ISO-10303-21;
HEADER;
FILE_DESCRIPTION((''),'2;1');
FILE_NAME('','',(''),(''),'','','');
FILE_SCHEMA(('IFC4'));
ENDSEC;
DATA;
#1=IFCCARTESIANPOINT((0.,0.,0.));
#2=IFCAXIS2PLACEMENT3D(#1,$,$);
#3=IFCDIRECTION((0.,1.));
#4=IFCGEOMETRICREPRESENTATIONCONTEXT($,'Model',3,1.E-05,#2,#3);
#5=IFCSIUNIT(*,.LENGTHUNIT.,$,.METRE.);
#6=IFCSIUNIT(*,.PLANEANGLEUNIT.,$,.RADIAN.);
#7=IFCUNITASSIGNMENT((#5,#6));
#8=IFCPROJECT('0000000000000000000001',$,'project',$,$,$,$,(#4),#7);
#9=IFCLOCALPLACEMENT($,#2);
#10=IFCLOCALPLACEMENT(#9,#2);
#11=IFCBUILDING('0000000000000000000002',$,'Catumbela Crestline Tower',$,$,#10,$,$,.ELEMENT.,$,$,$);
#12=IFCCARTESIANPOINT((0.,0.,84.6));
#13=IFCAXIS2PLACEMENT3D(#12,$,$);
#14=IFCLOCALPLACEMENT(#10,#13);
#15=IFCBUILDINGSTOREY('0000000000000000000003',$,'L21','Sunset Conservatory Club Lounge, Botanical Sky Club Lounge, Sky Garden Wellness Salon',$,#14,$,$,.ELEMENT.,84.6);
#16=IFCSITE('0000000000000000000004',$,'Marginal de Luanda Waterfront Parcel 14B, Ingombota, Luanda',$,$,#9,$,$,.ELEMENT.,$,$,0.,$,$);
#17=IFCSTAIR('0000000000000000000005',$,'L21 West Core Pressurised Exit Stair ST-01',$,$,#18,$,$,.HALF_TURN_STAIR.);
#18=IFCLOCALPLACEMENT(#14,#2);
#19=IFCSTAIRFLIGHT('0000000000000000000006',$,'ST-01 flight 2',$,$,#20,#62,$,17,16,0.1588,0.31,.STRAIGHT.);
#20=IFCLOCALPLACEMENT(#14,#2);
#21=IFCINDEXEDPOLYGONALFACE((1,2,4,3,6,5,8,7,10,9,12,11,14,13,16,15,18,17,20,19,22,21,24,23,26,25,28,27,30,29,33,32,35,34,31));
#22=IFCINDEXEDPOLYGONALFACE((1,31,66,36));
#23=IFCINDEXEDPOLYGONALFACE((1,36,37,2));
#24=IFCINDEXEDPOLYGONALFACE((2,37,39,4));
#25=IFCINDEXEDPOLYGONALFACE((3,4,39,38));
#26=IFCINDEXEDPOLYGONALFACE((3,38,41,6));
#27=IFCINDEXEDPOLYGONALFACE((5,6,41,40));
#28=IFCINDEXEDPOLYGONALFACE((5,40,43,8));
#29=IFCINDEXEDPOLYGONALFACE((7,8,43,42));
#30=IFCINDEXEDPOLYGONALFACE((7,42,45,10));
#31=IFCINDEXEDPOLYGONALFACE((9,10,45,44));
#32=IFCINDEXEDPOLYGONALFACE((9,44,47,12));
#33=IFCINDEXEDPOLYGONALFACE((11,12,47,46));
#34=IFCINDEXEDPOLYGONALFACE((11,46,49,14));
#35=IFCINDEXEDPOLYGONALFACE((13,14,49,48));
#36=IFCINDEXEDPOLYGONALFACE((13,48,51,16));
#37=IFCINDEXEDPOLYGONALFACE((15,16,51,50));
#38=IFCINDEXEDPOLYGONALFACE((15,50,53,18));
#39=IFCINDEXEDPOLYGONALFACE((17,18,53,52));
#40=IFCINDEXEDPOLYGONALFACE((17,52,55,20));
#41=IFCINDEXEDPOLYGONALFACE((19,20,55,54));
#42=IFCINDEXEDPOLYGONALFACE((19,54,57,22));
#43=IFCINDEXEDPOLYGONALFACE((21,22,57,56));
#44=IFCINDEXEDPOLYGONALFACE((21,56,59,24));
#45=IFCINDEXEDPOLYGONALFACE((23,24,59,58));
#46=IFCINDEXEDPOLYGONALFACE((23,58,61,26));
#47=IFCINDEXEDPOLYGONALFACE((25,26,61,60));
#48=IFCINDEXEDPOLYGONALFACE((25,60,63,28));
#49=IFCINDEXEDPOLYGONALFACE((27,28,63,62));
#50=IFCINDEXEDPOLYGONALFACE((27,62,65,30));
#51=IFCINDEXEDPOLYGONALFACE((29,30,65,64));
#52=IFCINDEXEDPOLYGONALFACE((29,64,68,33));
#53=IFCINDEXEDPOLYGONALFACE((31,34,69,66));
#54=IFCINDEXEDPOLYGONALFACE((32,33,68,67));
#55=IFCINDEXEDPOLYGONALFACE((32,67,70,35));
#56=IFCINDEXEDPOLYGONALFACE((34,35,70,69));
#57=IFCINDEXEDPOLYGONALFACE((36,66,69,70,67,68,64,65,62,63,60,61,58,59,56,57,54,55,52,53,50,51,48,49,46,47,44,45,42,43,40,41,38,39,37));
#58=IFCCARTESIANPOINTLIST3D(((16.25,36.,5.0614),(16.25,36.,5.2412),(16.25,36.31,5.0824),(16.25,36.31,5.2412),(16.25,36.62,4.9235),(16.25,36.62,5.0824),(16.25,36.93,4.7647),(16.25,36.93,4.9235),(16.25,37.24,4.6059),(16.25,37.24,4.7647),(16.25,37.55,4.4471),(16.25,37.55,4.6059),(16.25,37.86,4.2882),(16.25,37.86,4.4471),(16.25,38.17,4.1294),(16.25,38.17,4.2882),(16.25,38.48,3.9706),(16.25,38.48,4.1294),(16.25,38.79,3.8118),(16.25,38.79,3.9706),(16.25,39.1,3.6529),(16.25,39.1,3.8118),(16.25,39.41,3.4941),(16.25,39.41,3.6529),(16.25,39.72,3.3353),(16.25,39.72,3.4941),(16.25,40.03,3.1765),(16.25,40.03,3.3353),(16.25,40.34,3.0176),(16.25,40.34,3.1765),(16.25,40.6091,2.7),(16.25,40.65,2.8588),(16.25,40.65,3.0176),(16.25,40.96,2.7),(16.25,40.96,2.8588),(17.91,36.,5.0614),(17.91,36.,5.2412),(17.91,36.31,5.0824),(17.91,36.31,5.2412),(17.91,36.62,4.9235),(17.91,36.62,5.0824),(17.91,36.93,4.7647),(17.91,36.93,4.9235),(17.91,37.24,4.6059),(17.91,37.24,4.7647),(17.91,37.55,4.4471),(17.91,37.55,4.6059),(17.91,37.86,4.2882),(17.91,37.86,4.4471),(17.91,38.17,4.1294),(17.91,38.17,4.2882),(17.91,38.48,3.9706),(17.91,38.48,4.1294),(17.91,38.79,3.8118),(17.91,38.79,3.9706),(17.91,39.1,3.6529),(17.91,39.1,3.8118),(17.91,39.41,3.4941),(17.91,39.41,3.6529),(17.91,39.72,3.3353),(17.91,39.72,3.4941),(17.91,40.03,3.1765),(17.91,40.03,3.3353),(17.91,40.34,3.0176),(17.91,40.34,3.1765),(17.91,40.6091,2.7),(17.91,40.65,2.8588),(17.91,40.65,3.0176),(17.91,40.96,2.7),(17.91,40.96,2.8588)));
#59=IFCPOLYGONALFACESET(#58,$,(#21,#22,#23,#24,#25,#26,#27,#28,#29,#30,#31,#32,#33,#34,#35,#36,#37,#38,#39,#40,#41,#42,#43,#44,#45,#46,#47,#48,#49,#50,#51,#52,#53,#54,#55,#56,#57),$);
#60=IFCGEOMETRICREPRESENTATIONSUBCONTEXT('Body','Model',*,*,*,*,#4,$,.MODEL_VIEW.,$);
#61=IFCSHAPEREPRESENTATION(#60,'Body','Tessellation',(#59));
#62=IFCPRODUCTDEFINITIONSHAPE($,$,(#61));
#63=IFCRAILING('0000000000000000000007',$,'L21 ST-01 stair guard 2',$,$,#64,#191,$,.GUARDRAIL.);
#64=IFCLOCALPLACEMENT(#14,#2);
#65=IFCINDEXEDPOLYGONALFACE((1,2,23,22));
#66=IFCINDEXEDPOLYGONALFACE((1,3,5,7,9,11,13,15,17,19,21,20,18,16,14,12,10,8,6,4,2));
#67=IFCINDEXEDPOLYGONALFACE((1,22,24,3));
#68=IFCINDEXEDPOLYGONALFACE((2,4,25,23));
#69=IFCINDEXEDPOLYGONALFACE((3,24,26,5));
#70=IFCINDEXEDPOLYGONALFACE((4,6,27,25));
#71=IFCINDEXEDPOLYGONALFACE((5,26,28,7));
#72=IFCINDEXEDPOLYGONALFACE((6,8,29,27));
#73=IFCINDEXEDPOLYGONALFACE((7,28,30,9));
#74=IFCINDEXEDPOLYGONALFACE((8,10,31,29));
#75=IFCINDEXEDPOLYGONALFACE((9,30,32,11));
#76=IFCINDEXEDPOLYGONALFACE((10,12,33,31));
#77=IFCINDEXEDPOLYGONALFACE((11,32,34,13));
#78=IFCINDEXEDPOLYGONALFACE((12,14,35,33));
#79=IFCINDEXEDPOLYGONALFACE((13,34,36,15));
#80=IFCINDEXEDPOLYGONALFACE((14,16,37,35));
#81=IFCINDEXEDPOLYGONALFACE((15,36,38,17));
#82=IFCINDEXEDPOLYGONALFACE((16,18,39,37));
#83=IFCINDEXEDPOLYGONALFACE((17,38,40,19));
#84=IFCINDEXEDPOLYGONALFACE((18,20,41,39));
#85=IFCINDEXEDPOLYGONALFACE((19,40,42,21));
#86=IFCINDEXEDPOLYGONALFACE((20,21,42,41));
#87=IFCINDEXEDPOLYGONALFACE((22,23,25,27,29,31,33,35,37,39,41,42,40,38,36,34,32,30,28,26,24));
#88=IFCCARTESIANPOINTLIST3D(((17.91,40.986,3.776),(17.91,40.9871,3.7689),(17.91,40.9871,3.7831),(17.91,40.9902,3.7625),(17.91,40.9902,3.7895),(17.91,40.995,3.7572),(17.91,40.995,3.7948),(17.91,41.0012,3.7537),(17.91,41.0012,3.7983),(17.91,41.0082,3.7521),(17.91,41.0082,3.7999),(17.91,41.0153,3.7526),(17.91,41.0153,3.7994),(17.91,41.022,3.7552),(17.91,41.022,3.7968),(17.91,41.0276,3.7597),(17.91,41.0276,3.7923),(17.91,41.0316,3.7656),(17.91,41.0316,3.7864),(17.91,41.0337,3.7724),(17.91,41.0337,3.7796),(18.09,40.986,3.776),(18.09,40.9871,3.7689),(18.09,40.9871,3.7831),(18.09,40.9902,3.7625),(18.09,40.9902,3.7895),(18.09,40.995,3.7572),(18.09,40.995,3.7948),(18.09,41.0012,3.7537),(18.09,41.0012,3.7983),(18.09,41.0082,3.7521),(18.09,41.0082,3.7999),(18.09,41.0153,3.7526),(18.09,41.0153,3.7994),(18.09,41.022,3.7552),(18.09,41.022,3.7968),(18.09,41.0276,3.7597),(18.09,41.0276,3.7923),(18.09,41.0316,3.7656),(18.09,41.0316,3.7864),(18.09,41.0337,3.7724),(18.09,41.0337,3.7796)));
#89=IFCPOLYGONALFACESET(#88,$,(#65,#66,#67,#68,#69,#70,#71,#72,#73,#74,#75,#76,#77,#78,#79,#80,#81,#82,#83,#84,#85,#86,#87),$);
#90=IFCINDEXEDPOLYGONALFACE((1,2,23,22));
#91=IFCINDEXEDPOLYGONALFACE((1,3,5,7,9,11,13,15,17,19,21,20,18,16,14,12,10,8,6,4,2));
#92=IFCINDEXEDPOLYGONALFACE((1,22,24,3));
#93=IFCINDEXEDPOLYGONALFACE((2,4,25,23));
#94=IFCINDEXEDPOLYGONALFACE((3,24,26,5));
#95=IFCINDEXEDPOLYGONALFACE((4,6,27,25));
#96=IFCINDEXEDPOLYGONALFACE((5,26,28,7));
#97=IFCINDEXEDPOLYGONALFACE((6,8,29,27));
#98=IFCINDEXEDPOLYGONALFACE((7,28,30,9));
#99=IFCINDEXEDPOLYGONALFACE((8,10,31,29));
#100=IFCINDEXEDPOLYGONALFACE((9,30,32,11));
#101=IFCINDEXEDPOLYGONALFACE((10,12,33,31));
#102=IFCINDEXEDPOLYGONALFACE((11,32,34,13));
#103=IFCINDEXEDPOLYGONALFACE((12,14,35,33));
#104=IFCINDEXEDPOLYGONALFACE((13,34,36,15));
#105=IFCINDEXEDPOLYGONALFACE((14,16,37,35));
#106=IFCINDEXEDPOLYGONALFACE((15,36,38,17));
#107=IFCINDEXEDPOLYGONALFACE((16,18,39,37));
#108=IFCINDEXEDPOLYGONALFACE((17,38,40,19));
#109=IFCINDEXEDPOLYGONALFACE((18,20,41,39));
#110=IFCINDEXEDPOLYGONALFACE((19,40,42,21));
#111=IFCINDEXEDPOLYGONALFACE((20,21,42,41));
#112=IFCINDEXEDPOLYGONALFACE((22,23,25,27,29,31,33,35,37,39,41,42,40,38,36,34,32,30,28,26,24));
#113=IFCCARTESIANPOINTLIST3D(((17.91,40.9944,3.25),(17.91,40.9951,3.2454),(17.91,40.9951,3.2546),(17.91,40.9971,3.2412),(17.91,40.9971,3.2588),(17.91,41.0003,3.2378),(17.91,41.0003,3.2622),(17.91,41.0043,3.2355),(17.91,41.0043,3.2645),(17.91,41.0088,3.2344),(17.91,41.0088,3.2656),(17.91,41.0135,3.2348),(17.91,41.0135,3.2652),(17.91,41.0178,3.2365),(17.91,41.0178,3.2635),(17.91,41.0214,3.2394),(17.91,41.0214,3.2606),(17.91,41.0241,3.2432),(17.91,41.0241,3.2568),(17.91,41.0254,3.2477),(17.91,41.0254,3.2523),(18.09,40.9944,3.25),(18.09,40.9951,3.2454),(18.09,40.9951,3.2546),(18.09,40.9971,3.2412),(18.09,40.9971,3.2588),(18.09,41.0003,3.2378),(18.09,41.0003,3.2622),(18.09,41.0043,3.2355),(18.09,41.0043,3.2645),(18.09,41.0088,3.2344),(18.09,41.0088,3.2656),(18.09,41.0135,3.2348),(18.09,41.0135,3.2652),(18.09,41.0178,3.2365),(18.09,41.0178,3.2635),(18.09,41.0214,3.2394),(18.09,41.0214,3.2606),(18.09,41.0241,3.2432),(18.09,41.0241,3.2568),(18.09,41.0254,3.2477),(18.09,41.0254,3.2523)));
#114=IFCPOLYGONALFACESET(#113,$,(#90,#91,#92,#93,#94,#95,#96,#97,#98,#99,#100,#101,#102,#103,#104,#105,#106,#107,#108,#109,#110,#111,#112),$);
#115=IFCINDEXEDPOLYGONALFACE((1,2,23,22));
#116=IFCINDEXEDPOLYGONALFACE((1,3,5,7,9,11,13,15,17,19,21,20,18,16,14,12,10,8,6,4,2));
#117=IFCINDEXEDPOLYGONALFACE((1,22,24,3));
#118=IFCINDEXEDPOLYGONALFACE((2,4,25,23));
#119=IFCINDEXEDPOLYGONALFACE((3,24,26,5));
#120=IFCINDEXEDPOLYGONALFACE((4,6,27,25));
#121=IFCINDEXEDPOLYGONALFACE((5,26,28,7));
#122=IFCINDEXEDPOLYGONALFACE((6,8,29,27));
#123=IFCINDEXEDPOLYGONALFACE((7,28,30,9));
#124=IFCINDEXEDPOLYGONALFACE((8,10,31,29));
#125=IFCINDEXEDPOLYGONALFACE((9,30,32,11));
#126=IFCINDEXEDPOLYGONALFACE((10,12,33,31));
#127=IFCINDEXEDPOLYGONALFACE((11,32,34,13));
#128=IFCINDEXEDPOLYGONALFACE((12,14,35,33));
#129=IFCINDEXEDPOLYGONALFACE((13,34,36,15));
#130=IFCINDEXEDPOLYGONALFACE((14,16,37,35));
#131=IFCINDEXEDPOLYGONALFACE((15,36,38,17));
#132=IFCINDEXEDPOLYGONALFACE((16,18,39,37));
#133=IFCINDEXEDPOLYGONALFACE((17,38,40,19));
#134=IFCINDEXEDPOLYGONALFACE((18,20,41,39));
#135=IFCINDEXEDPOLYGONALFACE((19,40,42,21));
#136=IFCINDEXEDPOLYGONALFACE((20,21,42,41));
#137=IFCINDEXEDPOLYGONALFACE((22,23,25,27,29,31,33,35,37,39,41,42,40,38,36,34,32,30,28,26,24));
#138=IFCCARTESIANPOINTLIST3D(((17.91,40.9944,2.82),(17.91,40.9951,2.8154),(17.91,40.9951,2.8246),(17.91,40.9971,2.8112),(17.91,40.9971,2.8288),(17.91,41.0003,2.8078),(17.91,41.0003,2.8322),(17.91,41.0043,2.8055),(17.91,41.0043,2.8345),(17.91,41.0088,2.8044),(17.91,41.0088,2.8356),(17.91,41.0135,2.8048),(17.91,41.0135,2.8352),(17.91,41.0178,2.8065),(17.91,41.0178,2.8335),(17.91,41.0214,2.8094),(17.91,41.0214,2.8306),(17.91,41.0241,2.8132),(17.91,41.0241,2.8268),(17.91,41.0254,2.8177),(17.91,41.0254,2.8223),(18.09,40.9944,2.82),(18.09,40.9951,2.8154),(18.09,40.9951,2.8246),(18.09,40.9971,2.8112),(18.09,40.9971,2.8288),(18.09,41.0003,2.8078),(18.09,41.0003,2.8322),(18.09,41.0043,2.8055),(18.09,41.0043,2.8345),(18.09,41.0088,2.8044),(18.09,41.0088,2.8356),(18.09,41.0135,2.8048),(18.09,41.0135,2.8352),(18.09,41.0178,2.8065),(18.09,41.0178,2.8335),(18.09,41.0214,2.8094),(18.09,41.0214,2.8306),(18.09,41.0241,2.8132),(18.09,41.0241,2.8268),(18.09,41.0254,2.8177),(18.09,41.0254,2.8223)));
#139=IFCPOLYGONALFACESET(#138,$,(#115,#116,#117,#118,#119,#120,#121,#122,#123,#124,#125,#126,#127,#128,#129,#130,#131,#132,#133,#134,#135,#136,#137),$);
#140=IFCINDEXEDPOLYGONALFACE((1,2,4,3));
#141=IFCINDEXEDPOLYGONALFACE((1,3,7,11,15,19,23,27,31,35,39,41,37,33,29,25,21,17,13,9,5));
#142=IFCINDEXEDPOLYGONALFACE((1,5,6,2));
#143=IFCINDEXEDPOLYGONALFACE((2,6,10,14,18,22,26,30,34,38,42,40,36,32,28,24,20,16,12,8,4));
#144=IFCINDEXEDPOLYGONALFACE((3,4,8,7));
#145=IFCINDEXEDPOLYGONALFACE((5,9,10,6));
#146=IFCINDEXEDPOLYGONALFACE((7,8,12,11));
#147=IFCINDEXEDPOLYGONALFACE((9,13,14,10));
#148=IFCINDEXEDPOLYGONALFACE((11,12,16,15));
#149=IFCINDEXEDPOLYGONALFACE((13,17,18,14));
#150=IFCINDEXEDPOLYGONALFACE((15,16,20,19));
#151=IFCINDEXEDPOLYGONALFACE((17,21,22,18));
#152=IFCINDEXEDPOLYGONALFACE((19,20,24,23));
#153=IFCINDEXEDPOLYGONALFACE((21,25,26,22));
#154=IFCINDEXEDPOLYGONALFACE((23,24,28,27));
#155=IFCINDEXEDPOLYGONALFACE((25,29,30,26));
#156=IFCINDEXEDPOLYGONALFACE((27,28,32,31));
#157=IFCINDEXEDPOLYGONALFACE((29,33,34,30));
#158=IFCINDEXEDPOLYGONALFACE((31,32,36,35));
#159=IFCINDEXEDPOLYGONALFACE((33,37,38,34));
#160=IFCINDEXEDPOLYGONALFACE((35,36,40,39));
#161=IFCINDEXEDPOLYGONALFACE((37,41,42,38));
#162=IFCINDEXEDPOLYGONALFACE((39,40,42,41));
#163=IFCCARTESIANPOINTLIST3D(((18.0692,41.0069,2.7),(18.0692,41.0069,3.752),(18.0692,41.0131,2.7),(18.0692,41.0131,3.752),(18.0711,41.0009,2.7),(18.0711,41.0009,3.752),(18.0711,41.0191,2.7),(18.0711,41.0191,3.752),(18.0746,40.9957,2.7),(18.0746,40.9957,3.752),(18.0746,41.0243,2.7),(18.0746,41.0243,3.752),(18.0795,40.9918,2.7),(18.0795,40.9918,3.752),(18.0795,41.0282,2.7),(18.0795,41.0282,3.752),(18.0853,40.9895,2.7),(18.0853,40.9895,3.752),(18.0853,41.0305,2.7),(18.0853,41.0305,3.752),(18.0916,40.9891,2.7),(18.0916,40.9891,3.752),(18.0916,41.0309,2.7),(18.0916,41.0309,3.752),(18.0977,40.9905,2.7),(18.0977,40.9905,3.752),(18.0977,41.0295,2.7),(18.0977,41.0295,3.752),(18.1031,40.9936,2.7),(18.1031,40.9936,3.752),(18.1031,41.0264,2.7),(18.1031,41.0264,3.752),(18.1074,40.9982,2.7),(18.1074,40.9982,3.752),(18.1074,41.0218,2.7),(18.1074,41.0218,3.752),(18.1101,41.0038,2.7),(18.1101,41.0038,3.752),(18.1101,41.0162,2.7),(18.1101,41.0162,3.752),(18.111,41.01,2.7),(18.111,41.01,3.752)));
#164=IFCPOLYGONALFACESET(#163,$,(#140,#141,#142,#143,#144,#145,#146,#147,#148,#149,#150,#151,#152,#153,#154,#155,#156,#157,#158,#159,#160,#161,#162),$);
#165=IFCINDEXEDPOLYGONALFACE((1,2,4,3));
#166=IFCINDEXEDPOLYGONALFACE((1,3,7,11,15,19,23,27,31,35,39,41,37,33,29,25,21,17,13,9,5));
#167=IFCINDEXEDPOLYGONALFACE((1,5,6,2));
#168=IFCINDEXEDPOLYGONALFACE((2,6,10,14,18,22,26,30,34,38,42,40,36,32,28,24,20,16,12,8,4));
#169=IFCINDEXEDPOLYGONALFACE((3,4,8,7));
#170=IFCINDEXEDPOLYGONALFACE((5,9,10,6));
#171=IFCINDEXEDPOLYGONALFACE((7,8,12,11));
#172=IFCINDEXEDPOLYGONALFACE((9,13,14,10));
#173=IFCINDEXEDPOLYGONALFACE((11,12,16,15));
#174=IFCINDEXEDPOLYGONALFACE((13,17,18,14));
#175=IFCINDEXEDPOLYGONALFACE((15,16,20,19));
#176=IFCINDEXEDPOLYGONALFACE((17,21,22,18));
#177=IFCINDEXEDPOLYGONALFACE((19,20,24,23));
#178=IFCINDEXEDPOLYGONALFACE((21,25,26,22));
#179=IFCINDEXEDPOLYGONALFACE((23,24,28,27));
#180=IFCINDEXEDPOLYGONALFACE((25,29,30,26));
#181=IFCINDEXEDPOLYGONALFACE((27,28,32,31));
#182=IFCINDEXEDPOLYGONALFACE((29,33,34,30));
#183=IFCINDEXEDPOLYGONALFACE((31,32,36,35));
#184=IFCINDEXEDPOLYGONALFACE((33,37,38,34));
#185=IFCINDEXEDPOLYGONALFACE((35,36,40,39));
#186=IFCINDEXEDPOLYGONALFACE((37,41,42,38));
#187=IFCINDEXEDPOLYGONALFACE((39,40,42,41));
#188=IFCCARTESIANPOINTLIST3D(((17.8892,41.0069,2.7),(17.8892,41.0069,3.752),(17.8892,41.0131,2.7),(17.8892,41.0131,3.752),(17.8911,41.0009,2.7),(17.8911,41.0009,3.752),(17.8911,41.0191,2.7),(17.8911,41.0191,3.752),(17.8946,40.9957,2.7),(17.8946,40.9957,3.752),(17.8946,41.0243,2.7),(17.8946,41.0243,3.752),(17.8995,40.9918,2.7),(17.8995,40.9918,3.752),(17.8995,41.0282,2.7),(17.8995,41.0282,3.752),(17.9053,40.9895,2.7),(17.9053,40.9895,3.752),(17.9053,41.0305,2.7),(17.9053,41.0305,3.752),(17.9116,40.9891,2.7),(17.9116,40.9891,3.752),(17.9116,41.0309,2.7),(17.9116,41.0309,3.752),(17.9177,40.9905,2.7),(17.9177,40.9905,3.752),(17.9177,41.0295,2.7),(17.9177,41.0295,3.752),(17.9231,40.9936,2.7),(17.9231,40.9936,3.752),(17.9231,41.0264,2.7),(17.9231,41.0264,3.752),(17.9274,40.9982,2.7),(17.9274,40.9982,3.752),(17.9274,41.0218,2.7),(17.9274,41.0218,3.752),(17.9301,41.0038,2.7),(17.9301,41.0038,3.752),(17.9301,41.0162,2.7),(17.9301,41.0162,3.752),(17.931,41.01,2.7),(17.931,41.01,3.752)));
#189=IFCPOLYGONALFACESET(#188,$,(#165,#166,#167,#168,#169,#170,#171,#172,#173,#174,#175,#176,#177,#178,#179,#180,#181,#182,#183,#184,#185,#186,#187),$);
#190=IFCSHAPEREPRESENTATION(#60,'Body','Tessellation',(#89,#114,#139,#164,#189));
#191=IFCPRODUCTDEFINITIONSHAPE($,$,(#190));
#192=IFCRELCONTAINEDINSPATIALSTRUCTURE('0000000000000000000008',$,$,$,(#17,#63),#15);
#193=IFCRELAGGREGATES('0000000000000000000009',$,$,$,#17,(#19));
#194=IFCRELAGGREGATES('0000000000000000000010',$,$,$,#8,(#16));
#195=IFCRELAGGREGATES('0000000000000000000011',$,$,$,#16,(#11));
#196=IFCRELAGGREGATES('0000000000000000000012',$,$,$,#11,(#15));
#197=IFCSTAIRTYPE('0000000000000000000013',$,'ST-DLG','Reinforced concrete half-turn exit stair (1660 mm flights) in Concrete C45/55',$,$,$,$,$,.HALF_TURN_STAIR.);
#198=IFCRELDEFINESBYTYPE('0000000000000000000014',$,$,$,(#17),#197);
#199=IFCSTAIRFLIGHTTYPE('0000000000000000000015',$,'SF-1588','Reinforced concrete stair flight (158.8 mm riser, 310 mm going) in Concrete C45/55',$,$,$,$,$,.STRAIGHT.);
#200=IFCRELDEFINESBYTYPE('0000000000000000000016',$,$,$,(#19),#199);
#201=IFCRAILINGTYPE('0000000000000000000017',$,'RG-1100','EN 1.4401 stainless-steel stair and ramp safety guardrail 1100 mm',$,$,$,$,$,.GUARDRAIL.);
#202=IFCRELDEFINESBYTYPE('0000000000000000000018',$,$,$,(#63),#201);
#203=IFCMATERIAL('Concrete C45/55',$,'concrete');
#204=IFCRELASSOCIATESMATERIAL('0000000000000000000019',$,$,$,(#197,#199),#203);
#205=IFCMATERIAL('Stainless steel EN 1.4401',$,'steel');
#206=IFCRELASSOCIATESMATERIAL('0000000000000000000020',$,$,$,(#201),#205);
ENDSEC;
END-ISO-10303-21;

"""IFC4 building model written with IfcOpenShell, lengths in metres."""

from ifc_helpers import new_model, si_unit, direction, frame, origin, origin_2d, place, context, subcontext, project, spatial, polyline, circle, outline, extrude, material, type_object, element, aggregate, save


model = new_model("IFC4")

# Units and contexts
model_context = context("Model", 3, precision=1e-05, world=origin(), true_north=direction((0.0, 1.0)))
body_context = subcontext(model_context, "Body", "Model", "MODEL_VIEW")
ifc_project = project(units=[si_unit("LENGTHUNIT", "METRE"), si_unit("PLANEANGLEUNIT", "RADIAN")], contexts=[model_context])

# Site, building, storey
site_placement = place(None, origin())
site = spatial("IfcSite", under=ifc_project, at=site_placement, Name="Marginal de Luanda Waterfront Parcel 14B, Ingombota, Luanda", CompositionType="ELEMENT", RefElevation=0.0)
building_placement = place(site_placement, origin())
building = spatial("IfcBuilding", under=site, at=building_placement, Name="Catumbela Crestline Tower", CompositionType="ELEMENT")
storey_placement = place(building_placement, frame((0.0, 0.0, 84.6)))
storey = spatial("IfcBuildingStorey", under=building, at=storey_placement, Name="L21", Description="Sunset Conservatory Club Lounge, Botanical Sky Club Lounge, Sky Garden Wellness Salon", CompositionType="ELEMENT", Elevation=84.6)

# Shared definitions
ifc_material_1 = material(Name="Stainless steel EN 1.4401", Category="steel")

# Stair, stair flight
ifc_material_2 = material(Name="Concrete C45/55", Category="concrete")
stair_type = type_object("IfcStairType", Name="ST-DLG", Description="Reinforced concrete half-turn exit stair (1660 mm flights) in Concrete C45/55", PredefinedType="HALF_TURN_STAIR", material=ifc_material_2)
stair_placement = place(storey_placement, origin())
stair = element("IfcStair", 1, at=stair_placement, inside=storey, type_object=stair_type, Name="L21 West Core Pressurised Exit Stair ST-01", PredefinedType="HALF_TURN_STAIR")
stair_flight_type = type_object("IfcStairFlightType", Name="SF-1588", Description="Reinforced concrete stair flight (158.8 mm riser, 310 mm going) in Concrete C45/55", PredefinedType="STRAIGHT", material=ifc_material_2)
stair_flight_placement = place(storey_placement, frame((17.08, 40.96, 2.7), z_axis=(0.0, 0.0, 1.0), x_axis=(0.0, -1.0, 0.0)))
stair_flight = element("IfcStairFlight", 2, at=stair_flight_placement, type_object=stair_flight_type, Name="ST-01 flight 2", NumberOfRisers=17, NumberOfTreads=16, PredefinedType="STRAIGHT", RiserHeight=0.1588, TreadLength=0.31, context=body_context, shape_type="SweptSolid", body=[
    extrude(outline(polyline([(0.0, 0.0), (0.0, 0.1588), (0.31, 0.1588), (0.31, 0.3176), (0.62, 0.3176), (0.62, 0.4765), (0.93, 0.4765), (0.93, 0.6353), (1.24, 0.6353), (1.24, 0.7941), (1.55, 0.7941), (1.55, 0.9529), (1.86, 0.9529), (1.86, 1.1118), (2.17, 1.1118), (2.17, 1.2706), (2.48, 1.2706), (2.48, 1.4294), (2.79, 1.4294), (2.79, 1.5882), (3.1, 1.5882), (3.1, 1.7471), (3.41, 1.7471), (3.41, 1.9059), (3.72, 1.9059), (3.72, 2.0647), (4.03, 2.0647), (4.03, 2.2235), (4.34, 2.2235), (4.34, 2.3824), (4.65, 2.3824), (4.65, 2.5412), (4.96, 2.5412), (4.96, 2.7), (4.96, 2.3614), (0.3509, 0.0), (0.0, 0.0)])), frame((0.0, 0.83, 0.0), z_axis=(0.0, -1.0, 0.0), x_axis=(1.0, 0.0, 0.0)), (0.0, 0.0, 1.0), 1.66),
])
aggregate(stair, [stair_flight])

# Railing
railing_type_1 = type_object("IfcRailingType", Name="RG-1100", Description="EN 1.4401 stainless-steel stair and ramp safety guardrail 1100 mm", PredefinedType="GUARDRAIL", material=ifc_material_1)
railing_1_placement = place(storey_placement, frame((18.09, 41.01, 2.7)))
element("IfcRailing", 3, at=railing_1_placement, inside=storey, type_object=railing_type_1, Name="L21 ST-01 stair guard 2", PredefinedType="GUARDRAIL", context=body_context, shape_type="SweptSolid", body=[
    extrude(circle(Radius=0.024, at=origin_2d()), frame((0.0, 0.0, 1.076), z_axis=(-1.0, 0.0, 0.0), x_axis=(0.0, -1.0, 0.0)), (0.0, 0.0, 1.0), 0.18),
    extrude(circle(Radius=0.0156, at=origin_2d()), frame((0.0, 0.0, 0.55), z_axis=(-1.0, 0.0, 0.0), x_axis=(0.0, -1.0, 0.0)), (0.0, 0.0, 1.0), 0.18),
    extrude(circle(Radius=0.0156, at=origin_2d()), frame((0.0, 0.0, 0.12), z_axis=(-1.0, 0.0, 0.0), x_axis=(0.0, -1.0, 0.0)), (0.0, 0.0, 1.0), 0.18),
    extrude(circle(Radius=0.021, at=origin_2d()), origin(), (0.0, 0.0, 1.0), 1.052),
    extrude(circle(Radius=0.021, at=origin_2d()), frame((-0.18, 0.0, 0.0)), (0.0, 0.0, 1.0), 1.052),
])

save(model, "model.ifc")
